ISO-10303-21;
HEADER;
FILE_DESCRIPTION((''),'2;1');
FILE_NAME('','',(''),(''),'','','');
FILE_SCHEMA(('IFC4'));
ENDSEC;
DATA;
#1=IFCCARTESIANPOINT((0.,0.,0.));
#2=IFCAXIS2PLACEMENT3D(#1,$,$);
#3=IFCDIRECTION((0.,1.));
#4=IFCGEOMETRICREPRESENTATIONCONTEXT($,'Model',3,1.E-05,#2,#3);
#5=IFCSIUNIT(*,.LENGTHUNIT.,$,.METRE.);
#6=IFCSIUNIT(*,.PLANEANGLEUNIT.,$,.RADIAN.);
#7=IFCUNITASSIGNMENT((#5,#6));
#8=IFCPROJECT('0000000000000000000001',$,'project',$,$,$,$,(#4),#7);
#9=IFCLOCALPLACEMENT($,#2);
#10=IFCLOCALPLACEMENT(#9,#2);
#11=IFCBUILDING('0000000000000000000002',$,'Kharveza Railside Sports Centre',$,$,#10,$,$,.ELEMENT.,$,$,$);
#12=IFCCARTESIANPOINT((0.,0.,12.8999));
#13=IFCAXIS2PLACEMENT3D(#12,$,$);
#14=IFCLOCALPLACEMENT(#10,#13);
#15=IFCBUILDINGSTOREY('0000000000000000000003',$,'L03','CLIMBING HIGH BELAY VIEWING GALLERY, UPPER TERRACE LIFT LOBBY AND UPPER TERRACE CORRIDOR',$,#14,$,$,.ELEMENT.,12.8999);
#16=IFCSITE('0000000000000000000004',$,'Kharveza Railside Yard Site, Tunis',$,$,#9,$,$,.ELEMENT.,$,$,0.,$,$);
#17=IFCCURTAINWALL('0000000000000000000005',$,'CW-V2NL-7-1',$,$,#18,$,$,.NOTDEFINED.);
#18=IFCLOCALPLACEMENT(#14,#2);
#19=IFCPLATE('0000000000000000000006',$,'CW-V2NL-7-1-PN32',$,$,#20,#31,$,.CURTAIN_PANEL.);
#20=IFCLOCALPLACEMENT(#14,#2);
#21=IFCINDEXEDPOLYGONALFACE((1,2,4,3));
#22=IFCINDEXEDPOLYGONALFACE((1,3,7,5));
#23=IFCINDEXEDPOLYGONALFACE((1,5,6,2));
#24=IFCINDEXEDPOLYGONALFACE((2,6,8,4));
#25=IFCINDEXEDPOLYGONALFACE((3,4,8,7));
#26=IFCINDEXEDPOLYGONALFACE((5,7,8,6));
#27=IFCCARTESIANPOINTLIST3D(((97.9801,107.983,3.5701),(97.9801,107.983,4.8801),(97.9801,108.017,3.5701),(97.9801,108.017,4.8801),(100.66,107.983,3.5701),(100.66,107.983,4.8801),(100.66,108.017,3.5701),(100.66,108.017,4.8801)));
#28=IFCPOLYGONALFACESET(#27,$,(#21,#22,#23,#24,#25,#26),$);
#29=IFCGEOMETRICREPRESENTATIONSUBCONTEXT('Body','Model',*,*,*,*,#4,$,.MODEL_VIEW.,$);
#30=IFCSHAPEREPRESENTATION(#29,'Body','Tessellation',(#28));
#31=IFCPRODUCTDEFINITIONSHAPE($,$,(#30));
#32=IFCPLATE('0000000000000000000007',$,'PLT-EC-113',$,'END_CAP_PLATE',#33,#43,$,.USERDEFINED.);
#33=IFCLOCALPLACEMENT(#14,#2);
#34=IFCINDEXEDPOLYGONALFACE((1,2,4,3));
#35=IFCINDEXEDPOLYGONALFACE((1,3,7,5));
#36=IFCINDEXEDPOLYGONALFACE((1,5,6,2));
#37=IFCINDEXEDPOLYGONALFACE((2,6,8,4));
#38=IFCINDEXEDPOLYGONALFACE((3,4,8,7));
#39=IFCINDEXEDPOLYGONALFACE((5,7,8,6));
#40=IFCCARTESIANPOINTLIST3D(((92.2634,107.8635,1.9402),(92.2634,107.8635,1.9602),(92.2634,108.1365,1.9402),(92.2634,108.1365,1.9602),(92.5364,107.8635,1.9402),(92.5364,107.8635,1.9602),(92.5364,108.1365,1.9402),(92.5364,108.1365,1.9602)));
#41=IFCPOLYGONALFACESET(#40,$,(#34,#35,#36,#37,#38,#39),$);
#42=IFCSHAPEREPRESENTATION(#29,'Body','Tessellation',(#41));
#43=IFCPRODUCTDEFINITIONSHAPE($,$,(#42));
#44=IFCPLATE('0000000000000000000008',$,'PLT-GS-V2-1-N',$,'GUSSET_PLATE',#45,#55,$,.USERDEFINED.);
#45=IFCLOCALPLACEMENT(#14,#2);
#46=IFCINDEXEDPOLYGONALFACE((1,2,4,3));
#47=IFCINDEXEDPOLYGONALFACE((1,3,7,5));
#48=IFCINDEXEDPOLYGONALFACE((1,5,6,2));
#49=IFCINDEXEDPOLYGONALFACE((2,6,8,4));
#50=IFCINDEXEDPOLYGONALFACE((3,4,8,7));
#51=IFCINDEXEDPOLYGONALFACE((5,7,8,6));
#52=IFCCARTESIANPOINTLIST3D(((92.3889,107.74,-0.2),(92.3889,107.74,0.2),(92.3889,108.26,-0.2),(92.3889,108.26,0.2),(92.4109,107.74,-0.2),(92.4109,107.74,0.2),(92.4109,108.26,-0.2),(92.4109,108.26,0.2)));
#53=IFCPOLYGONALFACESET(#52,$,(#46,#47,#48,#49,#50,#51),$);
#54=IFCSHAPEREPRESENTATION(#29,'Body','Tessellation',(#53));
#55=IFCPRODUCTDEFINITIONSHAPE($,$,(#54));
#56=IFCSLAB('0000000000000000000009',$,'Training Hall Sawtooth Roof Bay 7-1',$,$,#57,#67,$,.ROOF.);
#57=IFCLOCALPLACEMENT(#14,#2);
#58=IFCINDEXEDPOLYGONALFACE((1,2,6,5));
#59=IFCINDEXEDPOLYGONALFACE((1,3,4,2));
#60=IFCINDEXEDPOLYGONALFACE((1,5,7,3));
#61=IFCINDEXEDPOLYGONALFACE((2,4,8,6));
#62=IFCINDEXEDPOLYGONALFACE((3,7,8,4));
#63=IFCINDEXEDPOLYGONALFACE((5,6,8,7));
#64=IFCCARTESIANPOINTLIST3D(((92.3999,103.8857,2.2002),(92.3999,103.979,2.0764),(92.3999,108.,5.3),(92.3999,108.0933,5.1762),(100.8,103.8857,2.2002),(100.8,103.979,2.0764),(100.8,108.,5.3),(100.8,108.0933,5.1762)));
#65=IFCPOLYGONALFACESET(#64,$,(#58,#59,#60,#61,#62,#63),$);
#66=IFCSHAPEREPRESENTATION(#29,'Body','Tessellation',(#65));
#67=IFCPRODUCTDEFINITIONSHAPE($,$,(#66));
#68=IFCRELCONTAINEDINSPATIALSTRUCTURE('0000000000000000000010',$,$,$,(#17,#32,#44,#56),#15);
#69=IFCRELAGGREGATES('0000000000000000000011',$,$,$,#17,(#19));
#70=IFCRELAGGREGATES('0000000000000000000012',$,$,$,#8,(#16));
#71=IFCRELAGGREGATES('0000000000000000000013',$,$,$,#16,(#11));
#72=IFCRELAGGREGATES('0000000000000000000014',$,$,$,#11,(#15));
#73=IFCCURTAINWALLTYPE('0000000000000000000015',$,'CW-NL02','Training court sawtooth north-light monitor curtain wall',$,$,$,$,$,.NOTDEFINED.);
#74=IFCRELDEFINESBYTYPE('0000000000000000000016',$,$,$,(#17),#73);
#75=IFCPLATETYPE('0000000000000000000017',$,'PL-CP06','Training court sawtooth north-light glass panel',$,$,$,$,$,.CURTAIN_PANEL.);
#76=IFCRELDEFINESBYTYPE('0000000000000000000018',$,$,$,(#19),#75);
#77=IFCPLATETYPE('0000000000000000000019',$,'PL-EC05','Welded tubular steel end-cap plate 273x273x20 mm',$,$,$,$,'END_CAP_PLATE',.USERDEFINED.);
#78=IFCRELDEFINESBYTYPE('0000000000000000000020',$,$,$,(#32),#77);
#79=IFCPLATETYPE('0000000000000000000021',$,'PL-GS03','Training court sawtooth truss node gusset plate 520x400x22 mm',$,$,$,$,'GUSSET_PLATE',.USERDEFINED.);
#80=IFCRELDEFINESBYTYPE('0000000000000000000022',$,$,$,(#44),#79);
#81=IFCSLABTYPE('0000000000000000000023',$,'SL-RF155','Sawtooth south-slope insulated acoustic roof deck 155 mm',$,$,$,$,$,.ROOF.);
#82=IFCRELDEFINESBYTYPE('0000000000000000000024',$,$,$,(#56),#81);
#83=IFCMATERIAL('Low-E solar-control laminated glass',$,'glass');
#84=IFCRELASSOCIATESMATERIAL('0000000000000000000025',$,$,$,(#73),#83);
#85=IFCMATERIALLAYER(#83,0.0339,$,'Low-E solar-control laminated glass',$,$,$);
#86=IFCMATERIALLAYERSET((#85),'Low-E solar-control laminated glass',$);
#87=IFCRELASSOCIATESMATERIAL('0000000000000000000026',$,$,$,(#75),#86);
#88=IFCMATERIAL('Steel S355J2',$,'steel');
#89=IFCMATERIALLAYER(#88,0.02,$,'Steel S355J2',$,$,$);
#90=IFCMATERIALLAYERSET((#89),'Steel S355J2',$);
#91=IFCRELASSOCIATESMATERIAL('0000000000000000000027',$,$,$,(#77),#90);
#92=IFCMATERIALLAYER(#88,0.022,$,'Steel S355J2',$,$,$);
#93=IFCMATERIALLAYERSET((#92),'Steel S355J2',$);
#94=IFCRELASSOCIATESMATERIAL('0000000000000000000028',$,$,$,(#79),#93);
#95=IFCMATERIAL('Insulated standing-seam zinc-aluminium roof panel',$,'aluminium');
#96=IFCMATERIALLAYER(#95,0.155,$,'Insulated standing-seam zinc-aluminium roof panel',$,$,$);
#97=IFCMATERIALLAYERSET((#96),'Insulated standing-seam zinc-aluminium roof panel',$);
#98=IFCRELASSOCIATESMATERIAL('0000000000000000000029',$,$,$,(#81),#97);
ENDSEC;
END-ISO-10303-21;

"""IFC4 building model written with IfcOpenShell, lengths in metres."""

from ifc_helpers import new_model, si_unit, direction, frame, origin, origin_2d, place, context, subcontext, project, spatial, polyline, rectangle, outline, extrude, material, layer, layer_set, type_object, element, aggregate, save


model = new_model("IFC4")

# Units and contexts
model_context = context("Model", 3, precision=1e-05, world=origin(), true_north=direction((0.0, 1.0)))
body_context = subcontext(model_context, "Body", "Model", "MODEL_VIEW")
ifc_project = project(units=[si_unit("LENGTHUNIT", "METRE"), si_unit("PLANEANGLEUNIT", "RADIAN")], contexts=[model_context])

# Site, building, storey
site_placement = place(None, origin())
site = spatial("IfcSite", under=ifc_project, at=site_placement, Name="Kharveza Railside Yard Site, Tunis", CompositionType="ELEMENT", RefElevation=0.0)
building_placement = place(site_placement, origin())
building = spatial("IfcBuilding", under=site, at=building_placement, Name="Kharveza Railside Sports Centre", CompositionType="ELEMENT")
storey_placement = place(building_placement, frame((0.0, 0.0, 12.8999)))
storey = spatial("IfcBuildingStorey", under=building, at=storey_placement, Name="L03", Description="CLIMBING HIGH BELAY VIEWING GALLERY, UPPER TERRACE LIFT LOBBY AND UPPER TERRACE CORRIDOR", CompositionType="ELEMENT", Elevation=12.8999)

# Shared definitions
ifc_material_1 = material(Name="Steel S355J2", Category="steel")

# Curtain wall
ifc_material_2 = material(Name="Low-E solar-control laminated glass", Category="glass")
curtain_wall_type = type_object("IfcCurtainWallType", Name="CW-NL02", Description="Training court sawtooth north-light monitor curtain wall", PredefinedType="NOTDEFINED", material=ifc_material_2)
curtain_wall_1_placement = place(storey_placement, origin())
curtain_wall_1 = element("IfcCurtainWall", 1, at=curtain_wall_1_placement, inside=storey, type_object=curtain_wall_type, Name="CW-V2NL-7-1", PredefinedType="NOTDEFINED")

# Plate
ifc_layer_1 = layer(ifc_material_2, 0.0339, Name="Low-E solar-control laminated glass")
ifc_layer_set_1 = layer_set([ifc_layer_1], Name="Low-E solar-control laminated glass")
plate_type_1 = type_object("IfcPlateType", Name="PL-CP06", Description="Training court sawtooth north-light glass panel", PredefinedType="CURTAIN_PANEL", material=ifc_layer_set_1)
plate_1_placement = place(storey_placement, frame((99.3201, 108.0, 3.5701), z_axis=(0.0, 0.0, 1.0), x_axis=(1.0, 0.0, 0.0)))
plate_1 = element("IfcPlate", 2, at=plate_1_placement, type_object=plate_type_1, Name="CW-V2NL-7-1-PN32", PredefinedType="CURTAIN_PANEL", context=body_context, shape_type="SweptSolid", body=[
    extrude(rectangle(XDim=2.6799, YDim=0.0339, at=origin_2d()), origin(), (0.0, 0.0, 1.0), 1.3101),
])
aggregate(curtain_wall_1, [plate_1])

# Plates
ifc_layer_2 = layer(ifc_material_1, 0.02, Name="Steel S355J2")
ifc_layer_set_2 = layer_set([ifc_layer_2], Name="Steel S355J2")
plate_type_2 = type_object("IfcPlateType", Name="PL-EC05", Description="Welded tubular steel end-cap plate 273x273x20 mm", ElementType="END_CAP_PLATE", PredefinedType="USERDEFINED", material=ifc_layer_set_2)
plate_2_placement = place(storey_placement, frame((92.3999, 108.0, 1.9402), z_axis=(0.0, 0.0, 1.0), x_axis=(1.0, 0.0, 0.0)))
element("IfcPlate", 3, at=plate_2_placement, inside=storey, type_object=plate_type_2, Name="PLT-EC-113", ObjectType="END_CAP_PLATE", PredefinedType="USERDEFINED", context=body_context, shape_type="SweptSolid", body=[
    extrude(rectangle(XDim=0.2729, YDim=0.2729, at=origin_2d()), origin(), (0.0, 0.0, 1.0), 0.02),
])
ifc_layer_3 = layer(ifc_material_1, 0.022, Name="Steel S355J2")
ifc_layer_set_3 = layer_set([ifc_layer_3], Name="Steel S355J2")
plate_type_3 = type_object("IfcPlateType", Name="PL-GS03", Description="Training court sawtooth truss node gusset plate 520x400x22 mm", ElementType="GUSSET_PLATE", PredefinedType="USERDEFINED", material=ifc_layer_set_3)
plate_3_placement = place(storey_placement, frame((92.3999, 108.0, -0.2), z_axis=(0.0, 0.0, 1.0), x_axis=(1.0, 0.0, 0.0)))
element("IfcPlate", 4, at=plate_3_placement, inside=storey, type_object=plate_type_3, Name="PLT-GS-V2-1-N", ObjectType="GUSSET_PLATE", PredefinedType="USERDEFINED", context=body_context, shape_type="SweptSolid", body=[
    extrude(rectangle(XDim=0.022, YDim=0.52, at=origin_2d()), origin(), (0.0, 0.0, 1.0), 0.3999),
])

# Slab
ifc_material_3 = material(Name="Insulated standing-seam zinc-aluminium roof panel", Category="aluminium")
ifc_layer_4 = layer(ifc_material_3, 0.155, Name="Insulated standing-seam zinc-aluminium roof panel")
ifc_layer_set_4 = layer_set([ifc_layer_4], Name="Insulated standing-seam zinc-aluminium roof panel")
slab_type = type_object("IfcSlabType", Name="SL-RF155", Description="Sawtooth south-slope insulated acoustic roof deck 155 mm", PredefinedType="ROOF", material=ifc_layer_set_4)
slab_placement = place(storey_placement, frame((92.3999, 103.8857, 2.2002), z_axis=(0.0, -0.601758, 0.798679), x_axis=(1.0, 0.0, 0.0)))
element("IfcSlab", 5, at=slab_placement, inside=storey, type_object=slab_type, Name="Training Hall Sawtooth Roof Bay 7-1", PredefinedType="ROOF", context=body_context, shape_type="SweptSolid", body=[
    extrude(outline(polyline([(0.0, 0.0), (8.4001, 0.0), (8.4001, 5.1513), (0.0, 5.1513), (0.0, 0.0)])), origin(), (0.0, 0.0, -1.0), 0.155),
])

save(model, "model.ifc")
